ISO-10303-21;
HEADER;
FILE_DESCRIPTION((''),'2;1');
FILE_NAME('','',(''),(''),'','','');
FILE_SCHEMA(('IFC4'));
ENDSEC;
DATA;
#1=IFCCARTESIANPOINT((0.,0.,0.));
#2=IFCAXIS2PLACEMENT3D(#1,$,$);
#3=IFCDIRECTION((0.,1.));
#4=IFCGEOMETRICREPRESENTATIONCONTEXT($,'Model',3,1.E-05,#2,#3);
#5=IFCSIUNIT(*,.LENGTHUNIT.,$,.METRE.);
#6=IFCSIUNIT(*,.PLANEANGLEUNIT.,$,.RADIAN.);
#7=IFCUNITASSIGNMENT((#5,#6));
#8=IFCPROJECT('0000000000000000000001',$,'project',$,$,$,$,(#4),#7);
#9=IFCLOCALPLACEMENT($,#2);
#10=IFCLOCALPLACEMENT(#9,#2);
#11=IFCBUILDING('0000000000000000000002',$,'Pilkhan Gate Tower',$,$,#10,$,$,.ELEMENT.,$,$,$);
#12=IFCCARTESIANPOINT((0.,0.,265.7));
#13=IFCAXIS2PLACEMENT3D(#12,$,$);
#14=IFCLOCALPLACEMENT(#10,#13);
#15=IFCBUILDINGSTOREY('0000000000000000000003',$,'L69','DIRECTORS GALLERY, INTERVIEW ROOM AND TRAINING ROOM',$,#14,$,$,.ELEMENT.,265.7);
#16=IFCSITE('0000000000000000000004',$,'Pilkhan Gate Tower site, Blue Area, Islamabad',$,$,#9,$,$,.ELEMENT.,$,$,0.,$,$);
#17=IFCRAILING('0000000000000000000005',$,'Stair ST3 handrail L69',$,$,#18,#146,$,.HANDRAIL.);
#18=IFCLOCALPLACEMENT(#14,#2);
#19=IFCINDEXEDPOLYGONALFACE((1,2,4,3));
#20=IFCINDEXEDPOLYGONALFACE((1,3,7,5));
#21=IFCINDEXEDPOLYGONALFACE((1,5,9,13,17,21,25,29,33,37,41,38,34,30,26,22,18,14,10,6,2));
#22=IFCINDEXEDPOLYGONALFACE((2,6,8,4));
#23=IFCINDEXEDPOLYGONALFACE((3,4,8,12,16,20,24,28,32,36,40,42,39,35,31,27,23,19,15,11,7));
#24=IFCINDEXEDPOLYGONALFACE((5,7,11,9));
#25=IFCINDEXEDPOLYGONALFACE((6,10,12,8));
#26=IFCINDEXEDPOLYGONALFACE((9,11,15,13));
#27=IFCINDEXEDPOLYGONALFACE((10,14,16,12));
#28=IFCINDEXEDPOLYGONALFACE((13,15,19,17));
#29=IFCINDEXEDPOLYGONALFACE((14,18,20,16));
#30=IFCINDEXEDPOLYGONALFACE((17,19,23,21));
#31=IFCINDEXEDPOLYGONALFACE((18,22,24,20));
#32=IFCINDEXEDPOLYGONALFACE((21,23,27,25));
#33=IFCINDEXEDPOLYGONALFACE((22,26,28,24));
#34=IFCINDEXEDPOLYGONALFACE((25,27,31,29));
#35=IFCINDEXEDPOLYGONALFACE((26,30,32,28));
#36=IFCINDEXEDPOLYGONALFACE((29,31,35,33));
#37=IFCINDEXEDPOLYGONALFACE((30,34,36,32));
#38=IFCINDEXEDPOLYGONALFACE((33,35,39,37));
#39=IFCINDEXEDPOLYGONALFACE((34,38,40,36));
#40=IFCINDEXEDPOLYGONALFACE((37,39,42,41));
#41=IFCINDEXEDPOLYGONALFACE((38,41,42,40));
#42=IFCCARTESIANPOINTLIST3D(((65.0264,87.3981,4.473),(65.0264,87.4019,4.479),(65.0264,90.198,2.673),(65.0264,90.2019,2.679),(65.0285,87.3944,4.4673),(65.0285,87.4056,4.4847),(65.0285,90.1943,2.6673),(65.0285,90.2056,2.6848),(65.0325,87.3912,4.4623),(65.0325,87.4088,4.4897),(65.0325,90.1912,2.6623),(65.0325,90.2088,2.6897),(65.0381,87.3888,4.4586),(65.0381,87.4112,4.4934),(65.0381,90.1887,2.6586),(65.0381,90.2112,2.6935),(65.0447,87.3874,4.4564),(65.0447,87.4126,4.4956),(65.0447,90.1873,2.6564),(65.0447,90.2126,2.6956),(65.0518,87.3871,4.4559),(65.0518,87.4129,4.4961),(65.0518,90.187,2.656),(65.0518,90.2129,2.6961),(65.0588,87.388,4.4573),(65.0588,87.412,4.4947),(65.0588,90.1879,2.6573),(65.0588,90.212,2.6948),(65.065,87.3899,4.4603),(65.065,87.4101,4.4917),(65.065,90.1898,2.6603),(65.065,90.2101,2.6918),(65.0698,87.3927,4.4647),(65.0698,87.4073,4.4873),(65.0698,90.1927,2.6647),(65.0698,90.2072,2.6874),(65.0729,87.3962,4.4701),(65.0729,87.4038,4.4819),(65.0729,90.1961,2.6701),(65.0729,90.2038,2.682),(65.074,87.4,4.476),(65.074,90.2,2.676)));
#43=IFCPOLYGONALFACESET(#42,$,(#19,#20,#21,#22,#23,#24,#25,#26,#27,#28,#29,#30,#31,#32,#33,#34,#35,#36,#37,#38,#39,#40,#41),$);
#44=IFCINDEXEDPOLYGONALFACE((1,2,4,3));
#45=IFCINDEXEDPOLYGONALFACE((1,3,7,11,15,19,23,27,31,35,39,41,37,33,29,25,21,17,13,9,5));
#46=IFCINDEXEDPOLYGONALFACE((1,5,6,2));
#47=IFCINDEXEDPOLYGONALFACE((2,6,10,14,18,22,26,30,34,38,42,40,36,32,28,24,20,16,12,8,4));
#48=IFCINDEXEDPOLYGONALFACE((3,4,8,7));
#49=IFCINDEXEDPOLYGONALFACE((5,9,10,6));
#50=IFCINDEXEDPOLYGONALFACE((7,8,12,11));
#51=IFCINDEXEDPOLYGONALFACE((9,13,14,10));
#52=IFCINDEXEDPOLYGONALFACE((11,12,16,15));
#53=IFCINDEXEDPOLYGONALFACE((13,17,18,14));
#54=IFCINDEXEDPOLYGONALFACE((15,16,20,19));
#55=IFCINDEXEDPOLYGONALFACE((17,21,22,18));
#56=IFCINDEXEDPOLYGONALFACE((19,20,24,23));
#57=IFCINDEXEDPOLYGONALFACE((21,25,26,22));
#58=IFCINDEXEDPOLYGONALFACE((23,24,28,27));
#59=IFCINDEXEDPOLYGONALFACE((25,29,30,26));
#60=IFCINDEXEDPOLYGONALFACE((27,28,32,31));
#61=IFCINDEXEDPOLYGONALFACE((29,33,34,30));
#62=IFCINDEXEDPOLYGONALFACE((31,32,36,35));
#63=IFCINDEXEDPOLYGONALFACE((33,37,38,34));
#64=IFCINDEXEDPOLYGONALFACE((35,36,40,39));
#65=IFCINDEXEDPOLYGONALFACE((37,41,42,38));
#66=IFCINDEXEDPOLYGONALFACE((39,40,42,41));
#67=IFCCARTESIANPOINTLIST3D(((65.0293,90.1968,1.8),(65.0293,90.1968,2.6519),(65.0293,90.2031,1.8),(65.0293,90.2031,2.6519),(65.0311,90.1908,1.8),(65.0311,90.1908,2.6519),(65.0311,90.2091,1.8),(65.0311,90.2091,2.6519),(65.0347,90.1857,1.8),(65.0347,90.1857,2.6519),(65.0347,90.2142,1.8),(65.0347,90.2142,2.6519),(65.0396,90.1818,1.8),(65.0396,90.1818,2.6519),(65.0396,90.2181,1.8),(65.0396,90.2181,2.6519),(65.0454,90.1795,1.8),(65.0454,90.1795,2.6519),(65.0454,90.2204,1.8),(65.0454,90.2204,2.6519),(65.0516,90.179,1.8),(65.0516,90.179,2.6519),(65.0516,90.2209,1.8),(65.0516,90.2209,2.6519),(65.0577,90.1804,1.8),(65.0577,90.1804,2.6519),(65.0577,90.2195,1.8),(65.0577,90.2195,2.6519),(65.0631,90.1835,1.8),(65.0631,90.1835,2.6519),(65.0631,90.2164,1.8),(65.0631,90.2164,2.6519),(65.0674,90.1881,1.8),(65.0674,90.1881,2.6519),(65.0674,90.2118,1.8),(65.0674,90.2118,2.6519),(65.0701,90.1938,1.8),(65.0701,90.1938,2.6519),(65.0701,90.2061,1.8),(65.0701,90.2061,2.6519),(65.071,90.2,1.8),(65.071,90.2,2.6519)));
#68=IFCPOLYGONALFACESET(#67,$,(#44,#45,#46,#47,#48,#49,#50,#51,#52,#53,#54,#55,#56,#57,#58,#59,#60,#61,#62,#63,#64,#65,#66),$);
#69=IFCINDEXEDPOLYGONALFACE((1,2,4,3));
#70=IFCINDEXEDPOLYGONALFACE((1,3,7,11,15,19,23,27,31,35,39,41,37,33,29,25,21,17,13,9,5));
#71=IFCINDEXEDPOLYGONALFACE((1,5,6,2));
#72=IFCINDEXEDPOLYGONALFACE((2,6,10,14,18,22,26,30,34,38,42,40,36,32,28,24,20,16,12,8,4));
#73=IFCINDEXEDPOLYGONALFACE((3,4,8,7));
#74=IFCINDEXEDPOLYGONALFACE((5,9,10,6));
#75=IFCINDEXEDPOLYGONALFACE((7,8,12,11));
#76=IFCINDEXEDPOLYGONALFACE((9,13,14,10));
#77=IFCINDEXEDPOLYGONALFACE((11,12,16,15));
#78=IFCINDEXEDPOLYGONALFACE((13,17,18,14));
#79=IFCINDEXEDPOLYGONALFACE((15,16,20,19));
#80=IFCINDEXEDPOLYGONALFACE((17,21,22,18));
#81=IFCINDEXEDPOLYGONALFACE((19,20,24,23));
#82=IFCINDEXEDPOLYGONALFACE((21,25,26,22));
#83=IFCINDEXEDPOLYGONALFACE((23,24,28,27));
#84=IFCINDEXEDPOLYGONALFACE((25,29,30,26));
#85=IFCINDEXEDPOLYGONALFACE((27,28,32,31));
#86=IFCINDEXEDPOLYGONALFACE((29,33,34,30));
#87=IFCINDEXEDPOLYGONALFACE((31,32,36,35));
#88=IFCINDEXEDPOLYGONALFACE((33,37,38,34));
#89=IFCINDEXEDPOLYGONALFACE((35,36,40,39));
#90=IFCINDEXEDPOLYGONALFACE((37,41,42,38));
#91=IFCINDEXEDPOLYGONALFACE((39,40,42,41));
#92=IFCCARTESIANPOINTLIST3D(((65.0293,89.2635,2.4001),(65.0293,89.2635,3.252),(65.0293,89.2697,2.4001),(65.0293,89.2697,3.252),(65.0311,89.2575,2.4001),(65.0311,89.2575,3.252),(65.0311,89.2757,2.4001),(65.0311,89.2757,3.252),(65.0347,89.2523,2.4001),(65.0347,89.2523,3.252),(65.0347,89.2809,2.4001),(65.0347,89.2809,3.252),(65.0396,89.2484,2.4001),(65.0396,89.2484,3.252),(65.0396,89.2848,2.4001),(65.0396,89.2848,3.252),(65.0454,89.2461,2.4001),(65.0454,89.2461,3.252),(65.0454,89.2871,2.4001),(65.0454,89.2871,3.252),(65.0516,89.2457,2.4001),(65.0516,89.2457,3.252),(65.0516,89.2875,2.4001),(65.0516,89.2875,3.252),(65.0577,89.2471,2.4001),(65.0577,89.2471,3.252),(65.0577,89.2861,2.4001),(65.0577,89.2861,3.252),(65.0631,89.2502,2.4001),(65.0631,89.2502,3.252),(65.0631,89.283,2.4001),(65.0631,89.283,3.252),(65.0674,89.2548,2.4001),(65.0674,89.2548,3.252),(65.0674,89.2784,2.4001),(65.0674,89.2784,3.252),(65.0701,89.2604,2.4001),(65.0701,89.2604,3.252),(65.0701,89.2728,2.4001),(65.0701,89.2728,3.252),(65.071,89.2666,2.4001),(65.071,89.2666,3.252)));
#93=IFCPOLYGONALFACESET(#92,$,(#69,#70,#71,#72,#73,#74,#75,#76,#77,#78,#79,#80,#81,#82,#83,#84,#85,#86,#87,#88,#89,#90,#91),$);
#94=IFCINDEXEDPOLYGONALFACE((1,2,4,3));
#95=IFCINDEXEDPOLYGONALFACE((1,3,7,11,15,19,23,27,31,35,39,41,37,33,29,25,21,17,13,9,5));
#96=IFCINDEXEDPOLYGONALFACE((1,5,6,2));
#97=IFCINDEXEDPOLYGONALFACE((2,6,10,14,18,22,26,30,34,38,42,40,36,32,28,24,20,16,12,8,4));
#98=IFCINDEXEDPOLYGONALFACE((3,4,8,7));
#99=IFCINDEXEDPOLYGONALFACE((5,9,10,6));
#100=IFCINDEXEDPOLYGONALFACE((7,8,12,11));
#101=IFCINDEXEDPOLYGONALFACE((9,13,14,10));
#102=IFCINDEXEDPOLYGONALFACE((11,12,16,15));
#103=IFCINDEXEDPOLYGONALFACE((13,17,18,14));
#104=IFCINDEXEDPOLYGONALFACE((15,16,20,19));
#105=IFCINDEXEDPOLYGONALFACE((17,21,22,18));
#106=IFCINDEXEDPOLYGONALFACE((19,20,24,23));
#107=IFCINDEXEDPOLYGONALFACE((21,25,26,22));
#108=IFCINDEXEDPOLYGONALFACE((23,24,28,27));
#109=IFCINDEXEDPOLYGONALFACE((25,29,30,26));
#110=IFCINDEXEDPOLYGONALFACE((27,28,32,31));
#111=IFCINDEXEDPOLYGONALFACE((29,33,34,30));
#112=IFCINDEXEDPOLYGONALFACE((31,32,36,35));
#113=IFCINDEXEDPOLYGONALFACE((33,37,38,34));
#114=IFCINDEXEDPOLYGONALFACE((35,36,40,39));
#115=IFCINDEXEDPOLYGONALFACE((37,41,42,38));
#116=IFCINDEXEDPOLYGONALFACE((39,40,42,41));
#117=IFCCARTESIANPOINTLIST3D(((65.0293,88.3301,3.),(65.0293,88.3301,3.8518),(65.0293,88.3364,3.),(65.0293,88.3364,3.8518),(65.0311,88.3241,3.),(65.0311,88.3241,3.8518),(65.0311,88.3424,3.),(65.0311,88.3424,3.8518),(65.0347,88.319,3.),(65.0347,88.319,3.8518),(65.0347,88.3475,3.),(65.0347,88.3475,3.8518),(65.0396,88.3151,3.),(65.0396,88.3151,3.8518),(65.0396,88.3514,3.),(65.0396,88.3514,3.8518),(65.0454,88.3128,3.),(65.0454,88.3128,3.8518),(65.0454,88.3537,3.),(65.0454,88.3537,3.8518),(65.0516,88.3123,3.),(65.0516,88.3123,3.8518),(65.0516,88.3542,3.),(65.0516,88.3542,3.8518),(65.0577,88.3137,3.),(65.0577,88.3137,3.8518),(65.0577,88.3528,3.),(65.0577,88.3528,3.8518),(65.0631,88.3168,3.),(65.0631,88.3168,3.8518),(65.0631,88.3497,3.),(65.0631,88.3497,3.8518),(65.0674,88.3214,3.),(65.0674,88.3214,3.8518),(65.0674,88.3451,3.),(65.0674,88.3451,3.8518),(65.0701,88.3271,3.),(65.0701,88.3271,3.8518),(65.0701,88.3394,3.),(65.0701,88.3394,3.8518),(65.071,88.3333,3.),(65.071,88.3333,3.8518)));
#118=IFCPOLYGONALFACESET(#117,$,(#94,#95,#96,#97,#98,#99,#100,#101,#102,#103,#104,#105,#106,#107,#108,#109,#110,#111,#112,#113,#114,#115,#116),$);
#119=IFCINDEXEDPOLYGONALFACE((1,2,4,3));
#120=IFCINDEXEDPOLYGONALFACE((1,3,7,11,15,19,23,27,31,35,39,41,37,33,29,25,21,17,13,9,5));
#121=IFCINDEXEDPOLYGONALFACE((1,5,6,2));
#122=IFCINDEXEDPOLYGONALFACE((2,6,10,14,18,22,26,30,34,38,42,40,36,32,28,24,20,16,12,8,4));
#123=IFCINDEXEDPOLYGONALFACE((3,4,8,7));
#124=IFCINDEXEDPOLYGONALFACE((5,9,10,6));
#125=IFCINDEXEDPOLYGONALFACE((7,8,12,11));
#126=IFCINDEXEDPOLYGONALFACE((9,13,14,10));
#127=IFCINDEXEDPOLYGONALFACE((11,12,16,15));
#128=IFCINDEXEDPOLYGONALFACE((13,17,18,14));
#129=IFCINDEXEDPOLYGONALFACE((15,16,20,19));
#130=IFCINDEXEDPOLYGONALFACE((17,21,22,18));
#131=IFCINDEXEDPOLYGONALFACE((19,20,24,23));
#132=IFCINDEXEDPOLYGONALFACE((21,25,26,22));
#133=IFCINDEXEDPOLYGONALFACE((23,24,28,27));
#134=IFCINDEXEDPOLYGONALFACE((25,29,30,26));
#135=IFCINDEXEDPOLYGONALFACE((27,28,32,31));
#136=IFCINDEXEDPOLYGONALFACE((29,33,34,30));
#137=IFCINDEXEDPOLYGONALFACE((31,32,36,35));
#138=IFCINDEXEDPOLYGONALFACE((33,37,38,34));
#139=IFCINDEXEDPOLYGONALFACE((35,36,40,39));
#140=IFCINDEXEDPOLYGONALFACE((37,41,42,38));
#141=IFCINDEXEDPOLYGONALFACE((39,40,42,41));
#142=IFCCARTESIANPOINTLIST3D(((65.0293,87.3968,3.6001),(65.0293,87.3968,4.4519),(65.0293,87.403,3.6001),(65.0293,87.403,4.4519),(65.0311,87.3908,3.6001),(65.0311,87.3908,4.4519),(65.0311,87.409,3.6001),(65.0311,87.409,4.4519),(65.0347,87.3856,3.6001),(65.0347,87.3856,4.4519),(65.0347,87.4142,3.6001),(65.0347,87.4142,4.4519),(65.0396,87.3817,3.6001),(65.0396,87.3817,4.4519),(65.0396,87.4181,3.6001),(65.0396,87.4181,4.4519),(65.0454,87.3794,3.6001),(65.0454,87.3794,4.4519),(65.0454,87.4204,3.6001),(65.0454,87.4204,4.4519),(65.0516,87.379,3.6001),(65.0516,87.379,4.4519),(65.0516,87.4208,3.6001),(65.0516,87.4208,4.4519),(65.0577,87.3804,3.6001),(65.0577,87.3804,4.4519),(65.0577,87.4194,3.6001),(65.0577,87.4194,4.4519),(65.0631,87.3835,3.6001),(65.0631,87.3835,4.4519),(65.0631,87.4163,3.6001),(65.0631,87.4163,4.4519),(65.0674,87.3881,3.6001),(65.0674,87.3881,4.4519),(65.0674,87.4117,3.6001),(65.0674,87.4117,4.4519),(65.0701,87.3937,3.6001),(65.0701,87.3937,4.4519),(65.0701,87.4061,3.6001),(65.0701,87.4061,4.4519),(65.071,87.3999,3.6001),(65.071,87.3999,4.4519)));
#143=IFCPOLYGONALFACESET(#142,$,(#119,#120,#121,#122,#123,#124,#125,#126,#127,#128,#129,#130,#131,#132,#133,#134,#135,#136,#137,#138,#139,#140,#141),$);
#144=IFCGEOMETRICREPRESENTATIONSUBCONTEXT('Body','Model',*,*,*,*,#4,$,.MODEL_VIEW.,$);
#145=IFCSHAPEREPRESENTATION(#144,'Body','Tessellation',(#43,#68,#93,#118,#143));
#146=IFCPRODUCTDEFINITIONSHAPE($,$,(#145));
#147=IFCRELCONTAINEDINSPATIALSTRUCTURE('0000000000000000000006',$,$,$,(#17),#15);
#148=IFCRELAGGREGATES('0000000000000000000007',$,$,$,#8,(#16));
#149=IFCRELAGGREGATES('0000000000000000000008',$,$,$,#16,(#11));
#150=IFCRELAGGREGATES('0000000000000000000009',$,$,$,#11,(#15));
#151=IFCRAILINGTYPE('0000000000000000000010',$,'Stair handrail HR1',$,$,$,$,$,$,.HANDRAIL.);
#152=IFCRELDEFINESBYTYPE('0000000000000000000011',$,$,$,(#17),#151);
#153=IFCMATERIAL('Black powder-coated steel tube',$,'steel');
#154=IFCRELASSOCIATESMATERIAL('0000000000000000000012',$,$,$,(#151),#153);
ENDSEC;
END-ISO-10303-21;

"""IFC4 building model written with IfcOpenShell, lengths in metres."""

from ifc_helpers import new_model, si_unit, direction, frame, origin, origin_2d, place, context, subcontext, project, spatial, circle, extrude, material, type_object, element, save


model = new_model("IFC4")

# Units and contexts
model_context = context("Model", 3, precision=1e-05, world=origin(), true_north=direction((0.0, 1.0)))
body_context = subcontext(model_context, "Body", "Model", "MODEL_VIEW")
ifc_project = project(units=[si_unit("LENGTHUNIT", "METRE"), si_unit("PLANEANGLEUNIT", "RADIAN")], contexts=[model_context])

# Site, building, storey
site_placement = place(None, origin())
site = spatial("IfcSite", under=ifc_project, at=site_placement, Name="Pilkhan Gate Tower site, Blue Area, Islamabad", CompositionType="ELEMENT", RefElevation=0.0)
building_placement = place(site_placement, origin())
building = spatial("IfcBuilding", under=site, at=building_placement, Name="Pilkhan Gate Tower", CompositionType="ELEMENT")
storey_placement = place(building_placement, frame((0.0, 0.0, 265.7)))
storey = spatial("IfcBuildingStorey", under=building, at=storey_placement, Name="L69", Description="DIRECTORS GALLERY, INTERVIEW ROOM AND TRAINING ROOM", CompositionType="ELEMENT", Elevation=265.7)

# Railing
ifc_material_1 = material(Name="Black powder-coated steel tube", Category="steel")
railing_type_1 = type_object("IfcRailingType", Name="Stair handrail HR1", PredefinedType="HANDRAIL", material=ifc_material_1)
railing_1_placement = place(storey_placement, frame((65.05, 90.2, 1.8)))
element("IfcRailing", 1, at=railing_1_placement, inside=storey, type_object=railing_type_1, Name="Stair ST3 handrail L69", PredefinedType="HANDRAIL", context=body_context, shape_type="SweptSolid", body=[
    extrude(circle(Radius=0.0239, at=origin_2d()), frame((0.0, 0.0, 0.876), z_axis=(0.0, -0.841176, 0.540761), x_axis=(1.0, 0.0, 0.0)), (0.0, 0.0, 1.0), 3.3286),
    extrude(circle(Radius=0.021, at=origin_2d()), origin(), (0.0, 0.0, 1.0), 0.8518),
    extrude(circle(Radius=0.021, at=origin_2d()), frame((0.0, -0.9333, 0.6001)), (0.0, 0.0, 1.0), 0.8518),
    extrude(circle(Radius=0.021, at=origin_2d()), frame((0.0, -1.8667, 1.2)), (0.0, 0.0, 1.0), 0.8518),
    extrude(circle(Radius=0.021, at=origin_2d()), frame((0.0, -2.8, 1.8)), (0.0, 0.0, 1.0), 0.8518),
])

save(model, "model.ifc")
